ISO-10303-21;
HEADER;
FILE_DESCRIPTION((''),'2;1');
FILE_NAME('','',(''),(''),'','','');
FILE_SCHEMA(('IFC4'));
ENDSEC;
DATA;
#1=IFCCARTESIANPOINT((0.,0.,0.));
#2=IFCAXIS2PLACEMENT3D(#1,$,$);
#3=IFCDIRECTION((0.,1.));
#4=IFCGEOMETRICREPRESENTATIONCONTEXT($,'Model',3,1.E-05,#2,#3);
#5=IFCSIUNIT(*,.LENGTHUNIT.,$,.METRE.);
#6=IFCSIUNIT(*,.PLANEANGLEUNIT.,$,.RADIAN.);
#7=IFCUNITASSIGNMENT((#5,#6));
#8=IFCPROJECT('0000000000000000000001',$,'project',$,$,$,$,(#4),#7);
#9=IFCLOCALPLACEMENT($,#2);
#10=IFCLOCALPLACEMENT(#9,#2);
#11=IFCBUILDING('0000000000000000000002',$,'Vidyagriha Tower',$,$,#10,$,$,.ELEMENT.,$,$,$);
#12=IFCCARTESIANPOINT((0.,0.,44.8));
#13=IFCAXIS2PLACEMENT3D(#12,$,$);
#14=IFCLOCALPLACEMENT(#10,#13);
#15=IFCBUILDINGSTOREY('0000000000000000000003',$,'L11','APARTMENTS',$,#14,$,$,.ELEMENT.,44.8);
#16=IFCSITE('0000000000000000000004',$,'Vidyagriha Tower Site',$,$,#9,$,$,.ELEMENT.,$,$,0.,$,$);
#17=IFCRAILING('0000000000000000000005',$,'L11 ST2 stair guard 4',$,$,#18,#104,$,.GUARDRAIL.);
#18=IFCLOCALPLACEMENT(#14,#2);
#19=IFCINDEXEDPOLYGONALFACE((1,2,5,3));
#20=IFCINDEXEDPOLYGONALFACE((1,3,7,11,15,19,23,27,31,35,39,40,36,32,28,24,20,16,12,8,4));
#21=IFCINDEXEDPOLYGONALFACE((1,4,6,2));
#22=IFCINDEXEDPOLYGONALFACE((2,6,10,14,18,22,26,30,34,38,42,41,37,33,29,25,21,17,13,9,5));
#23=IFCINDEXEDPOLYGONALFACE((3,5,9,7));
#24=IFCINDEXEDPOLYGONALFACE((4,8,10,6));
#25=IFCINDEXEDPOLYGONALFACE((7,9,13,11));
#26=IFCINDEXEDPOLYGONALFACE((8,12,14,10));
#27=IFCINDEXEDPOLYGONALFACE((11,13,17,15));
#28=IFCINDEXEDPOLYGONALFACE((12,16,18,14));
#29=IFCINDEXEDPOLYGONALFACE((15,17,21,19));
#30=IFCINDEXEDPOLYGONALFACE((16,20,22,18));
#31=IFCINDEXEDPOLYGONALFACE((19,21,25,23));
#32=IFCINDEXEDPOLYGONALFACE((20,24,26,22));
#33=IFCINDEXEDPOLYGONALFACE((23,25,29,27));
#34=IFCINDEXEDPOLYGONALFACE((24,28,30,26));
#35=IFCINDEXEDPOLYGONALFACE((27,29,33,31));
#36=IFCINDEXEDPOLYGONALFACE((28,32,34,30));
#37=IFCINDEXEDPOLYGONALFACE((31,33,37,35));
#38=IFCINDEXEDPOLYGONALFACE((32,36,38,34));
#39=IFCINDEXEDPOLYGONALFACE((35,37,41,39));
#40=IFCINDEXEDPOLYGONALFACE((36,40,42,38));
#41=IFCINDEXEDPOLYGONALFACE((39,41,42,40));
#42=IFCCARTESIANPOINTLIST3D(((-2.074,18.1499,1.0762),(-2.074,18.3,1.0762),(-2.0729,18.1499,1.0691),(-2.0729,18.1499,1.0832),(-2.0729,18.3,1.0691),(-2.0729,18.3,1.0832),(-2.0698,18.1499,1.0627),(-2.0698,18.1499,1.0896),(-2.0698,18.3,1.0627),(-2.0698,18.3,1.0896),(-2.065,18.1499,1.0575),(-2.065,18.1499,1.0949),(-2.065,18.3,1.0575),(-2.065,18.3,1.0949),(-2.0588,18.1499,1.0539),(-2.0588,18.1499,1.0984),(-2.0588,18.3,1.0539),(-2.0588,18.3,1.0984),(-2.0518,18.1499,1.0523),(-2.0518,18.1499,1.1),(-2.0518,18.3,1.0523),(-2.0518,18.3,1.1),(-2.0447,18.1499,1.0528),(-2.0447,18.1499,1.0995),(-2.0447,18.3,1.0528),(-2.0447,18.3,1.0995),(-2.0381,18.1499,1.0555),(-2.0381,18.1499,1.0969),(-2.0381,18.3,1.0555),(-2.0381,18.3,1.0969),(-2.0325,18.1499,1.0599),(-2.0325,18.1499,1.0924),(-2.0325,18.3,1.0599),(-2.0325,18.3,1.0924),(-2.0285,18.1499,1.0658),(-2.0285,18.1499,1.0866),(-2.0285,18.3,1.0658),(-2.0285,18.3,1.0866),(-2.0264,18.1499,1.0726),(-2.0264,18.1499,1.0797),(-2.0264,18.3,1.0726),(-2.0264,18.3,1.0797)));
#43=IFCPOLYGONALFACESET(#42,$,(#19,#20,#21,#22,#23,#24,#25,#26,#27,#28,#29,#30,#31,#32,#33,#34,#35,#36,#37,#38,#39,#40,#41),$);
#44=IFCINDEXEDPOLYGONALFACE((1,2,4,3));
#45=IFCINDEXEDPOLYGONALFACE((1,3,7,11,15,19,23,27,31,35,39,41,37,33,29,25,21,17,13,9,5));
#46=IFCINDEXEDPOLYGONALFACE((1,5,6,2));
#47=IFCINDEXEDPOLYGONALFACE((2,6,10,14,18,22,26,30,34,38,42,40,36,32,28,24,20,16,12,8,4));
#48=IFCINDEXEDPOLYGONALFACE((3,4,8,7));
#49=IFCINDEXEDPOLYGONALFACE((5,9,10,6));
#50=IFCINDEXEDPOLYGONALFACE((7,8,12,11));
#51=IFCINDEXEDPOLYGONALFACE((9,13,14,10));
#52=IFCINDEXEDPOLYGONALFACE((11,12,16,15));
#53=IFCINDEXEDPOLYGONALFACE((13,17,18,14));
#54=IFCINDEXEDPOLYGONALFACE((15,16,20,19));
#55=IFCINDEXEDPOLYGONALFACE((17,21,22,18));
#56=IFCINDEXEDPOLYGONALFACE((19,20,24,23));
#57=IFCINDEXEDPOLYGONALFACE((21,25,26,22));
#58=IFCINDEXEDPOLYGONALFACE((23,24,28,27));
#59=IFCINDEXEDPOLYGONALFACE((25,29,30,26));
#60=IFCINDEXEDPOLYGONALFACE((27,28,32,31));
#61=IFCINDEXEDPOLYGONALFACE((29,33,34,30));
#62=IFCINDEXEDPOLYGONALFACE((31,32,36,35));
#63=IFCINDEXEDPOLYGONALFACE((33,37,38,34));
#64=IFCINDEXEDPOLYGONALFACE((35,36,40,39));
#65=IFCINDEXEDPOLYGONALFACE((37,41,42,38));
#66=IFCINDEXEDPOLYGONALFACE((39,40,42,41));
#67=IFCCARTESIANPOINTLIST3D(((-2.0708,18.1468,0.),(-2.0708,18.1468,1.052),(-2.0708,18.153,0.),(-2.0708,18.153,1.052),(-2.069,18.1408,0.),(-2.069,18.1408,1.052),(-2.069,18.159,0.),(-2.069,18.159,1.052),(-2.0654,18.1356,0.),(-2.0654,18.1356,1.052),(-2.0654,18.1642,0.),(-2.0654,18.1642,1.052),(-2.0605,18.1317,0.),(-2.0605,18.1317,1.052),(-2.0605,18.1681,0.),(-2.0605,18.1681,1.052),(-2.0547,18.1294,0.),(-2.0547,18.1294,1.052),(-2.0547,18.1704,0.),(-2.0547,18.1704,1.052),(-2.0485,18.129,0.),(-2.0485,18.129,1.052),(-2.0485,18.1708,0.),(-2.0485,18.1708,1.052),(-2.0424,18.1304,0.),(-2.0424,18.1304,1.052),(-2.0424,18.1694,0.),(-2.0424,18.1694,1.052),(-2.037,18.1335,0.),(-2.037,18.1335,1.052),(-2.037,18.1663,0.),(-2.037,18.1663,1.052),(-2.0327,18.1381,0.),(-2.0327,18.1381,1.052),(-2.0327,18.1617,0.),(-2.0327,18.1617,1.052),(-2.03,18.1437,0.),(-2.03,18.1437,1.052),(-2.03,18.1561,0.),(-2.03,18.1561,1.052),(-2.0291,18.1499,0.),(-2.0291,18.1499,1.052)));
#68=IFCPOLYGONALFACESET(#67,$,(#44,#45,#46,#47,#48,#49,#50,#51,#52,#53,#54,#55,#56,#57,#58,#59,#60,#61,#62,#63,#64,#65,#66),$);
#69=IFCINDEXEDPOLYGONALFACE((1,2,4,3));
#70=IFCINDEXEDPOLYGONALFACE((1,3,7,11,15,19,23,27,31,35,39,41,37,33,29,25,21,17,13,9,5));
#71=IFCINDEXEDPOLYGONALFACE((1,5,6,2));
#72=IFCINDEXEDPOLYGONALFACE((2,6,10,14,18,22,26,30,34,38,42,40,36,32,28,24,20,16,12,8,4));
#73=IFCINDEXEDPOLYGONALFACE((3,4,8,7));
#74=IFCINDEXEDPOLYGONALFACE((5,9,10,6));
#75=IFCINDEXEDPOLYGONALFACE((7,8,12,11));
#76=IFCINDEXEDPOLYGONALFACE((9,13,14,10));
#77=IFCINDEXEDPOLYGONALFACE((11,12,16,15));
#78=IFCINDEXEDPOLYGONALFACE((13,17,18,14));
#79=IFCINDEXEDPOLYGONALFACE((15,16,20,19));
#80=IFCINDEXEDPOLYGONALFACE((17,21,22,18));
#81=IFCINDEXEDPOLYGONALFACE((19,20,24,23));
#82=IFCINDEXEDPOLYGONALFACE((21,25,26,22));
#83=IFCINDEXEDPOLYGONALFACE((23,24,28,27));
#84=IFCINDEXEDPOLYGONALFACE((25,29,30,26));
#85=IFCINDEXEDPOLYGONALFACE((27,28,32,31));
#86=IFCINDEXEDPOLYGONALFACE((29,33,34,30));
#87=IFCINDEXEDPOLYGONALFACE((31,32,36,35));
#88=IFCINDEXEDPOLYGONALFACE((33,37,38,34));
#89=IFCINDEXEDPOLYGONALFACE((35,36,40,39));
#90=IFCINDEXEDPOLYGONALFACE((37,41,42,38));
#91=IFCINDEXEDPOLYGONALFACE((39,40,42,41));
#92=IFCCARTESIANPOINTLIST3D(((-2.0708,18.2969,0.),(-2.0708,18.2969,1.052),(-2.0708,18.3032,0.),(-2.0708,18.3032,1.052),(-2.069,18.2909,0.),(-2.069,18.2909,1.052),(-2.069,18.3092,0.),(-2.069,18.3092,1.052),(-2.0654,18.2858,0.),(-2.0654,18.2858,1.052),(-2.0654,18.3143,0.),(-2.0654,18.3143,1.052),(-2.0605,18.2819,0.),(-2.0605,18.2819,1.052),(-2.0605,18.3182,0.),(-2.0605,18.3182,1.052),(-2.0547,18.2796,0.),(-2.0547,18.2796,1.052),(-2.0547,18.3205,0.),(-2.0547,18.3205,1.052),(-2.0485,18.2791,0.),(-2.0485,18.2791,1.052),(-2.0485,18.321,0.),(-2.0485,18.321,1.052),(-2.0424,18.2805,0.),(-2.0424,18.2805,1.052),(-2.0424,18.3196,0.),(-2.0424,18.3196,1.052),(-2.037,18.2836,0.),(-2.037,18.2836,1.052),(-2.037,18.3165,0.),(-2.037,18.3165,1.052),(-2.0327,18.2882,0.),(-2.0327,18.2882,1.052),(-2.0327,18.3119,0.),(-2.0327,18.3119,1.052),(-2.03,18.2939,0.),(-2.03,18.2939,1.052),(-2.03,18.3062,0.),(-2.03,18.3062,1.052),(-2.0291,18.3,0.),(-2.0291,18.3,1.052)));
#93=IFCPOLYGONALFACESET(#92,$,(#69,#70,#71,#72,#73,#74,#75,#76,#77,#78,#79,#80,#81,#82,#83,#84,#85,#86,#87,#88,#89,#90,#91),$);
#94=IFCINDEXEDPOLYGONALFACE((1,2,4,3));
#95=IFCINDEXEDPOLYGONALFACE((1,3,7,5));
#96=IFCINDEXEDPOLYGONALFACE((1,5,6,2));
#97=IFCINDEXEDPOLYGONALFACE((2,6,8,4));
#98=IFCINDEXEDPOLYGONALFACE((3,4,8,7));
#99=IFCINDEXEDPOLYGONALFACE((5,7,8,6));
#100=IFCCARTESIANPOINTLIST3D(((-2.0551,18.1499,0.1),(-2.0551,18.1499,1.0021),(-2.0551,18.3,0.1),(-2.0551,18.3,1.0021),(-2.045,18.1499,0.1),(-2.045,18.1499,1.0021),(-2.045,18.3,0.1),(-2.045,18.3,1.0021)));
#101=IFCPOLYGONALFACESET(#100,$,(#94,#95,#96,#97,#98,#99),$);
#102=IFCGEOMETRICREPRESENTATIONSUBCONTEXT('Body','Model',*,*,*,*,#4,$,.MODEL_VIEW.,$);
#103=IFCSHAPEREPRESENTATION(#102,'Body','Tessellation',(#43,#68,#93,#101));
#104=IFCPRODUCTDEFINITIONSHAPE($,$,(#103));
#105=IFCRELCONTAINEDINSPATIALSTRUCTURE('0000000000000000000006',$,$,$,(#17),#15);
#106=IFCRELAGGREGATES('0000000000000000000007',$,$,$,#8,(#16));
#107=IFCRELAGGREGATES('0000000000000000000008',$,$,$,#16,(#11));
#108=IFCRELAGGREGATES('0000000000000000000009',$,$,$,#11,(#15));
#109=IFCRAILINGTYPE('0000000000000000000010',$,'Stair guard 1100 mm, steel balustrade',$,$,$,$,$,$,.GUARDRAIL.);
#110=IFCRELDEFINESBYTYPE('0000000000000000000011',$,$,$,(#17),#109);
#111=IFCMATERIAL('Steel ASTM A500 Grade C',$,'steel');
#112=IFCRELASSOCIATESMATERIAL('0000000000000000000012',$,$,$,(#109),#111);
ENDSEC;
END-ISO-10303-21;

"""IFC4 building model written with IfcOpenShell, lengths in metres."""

from ifc_helpers import new_model, si_unit, direction, frame, origin, origin_2d, place, context, subcontext, project, spatial, rectangle, circle, extrude, material, type_object, element, save


model = new_model("IFC4")

# Units and contexts
model_context = context("Model", 3, precision=1e-05, world=origin(), true_north=direction((0.0, 1.0)))
body_context = subcontext(model_context, "Body", "Model", "MODEL_VIEW")
ifc_project = project(units=[si_unit("LENGTHUNIT", "METRE"), si_unit("PLANEANGLEUNIT", "RADIAN")], contexts=[model_context])

# Site, building, storey
site_placement = place(None, origin())
site = spatial("IfcSite", under=ifc_project, at=site_placement, Name="Vidyagriha Tower Site", CompositionType="ELEMENT", RefElevation=0.0)
building_placement = place(site_placement, origin())
building = spatial("IfcBuilding", under=site, at=building_placement, Name="Vidyagriha Tower", CompositionType="ELEMENT")
storey_placement = place(building_placement, frame((0.0, 0.0, 44.8)))
storey = spatial("IfcBuildingStorey", under=building, at=storey_placement, Name="L11", Description="APARTMENTS", CompositionType="ELEMENT", Elevation=44.8)

# Railing
ifc_material_1 = material(Name="Steel ASTM A500 Grade C", Category="steel")
railing_type_1 = type_object("IfcRailingType", Name="Stair guard 1100 mm, steel balustrade", PredefinedType="GUARDRAIL", material=ifc_material_1)
railing_1_placement = place(storey_placement, frame((-2.05, 18.1499, 0.0)))
element("IfcRailing", 1, at=railing_1_placement, inside=storey, type_object=railing_type_1, Name="L11 ST2 stair guard 4", PredefinedType="GUARDRAIL", context=body_context, shape_type="SweptSolid", body=[
    extrude(circle(Radius=0.0239, at=origin_2d()), frame((0.0, 0.0, 1.0762), z_axis=(0.0, 1.0, 0.0), x_axis=(-1.0, 0.0, 0.0)), (0.0, 0.0, 1.0), 0.1501),
    extrude(circle(Radius=0.021, at=origin_2d()), origin(), (0.0, 0.0, 1.0), 1.052),
    extrude(circle(Radius=0.021, at=origin_2d()), frame((0.0, 0.1501, 0.0)), (0.0, 0.0, 1.0), 1.052),
    extrude(rectangle(XDim=0.01, YDim=0.9021, at=origin_2d()), frame((0.0, 0.0, 0.551), z_axis=(0.0, 1.0, 0.0), x_axis=(-1.0, 0.0, 0.0)), (0.0, 0.0, 1.0), 0.1501),
])

save(model, "model.ifc")
